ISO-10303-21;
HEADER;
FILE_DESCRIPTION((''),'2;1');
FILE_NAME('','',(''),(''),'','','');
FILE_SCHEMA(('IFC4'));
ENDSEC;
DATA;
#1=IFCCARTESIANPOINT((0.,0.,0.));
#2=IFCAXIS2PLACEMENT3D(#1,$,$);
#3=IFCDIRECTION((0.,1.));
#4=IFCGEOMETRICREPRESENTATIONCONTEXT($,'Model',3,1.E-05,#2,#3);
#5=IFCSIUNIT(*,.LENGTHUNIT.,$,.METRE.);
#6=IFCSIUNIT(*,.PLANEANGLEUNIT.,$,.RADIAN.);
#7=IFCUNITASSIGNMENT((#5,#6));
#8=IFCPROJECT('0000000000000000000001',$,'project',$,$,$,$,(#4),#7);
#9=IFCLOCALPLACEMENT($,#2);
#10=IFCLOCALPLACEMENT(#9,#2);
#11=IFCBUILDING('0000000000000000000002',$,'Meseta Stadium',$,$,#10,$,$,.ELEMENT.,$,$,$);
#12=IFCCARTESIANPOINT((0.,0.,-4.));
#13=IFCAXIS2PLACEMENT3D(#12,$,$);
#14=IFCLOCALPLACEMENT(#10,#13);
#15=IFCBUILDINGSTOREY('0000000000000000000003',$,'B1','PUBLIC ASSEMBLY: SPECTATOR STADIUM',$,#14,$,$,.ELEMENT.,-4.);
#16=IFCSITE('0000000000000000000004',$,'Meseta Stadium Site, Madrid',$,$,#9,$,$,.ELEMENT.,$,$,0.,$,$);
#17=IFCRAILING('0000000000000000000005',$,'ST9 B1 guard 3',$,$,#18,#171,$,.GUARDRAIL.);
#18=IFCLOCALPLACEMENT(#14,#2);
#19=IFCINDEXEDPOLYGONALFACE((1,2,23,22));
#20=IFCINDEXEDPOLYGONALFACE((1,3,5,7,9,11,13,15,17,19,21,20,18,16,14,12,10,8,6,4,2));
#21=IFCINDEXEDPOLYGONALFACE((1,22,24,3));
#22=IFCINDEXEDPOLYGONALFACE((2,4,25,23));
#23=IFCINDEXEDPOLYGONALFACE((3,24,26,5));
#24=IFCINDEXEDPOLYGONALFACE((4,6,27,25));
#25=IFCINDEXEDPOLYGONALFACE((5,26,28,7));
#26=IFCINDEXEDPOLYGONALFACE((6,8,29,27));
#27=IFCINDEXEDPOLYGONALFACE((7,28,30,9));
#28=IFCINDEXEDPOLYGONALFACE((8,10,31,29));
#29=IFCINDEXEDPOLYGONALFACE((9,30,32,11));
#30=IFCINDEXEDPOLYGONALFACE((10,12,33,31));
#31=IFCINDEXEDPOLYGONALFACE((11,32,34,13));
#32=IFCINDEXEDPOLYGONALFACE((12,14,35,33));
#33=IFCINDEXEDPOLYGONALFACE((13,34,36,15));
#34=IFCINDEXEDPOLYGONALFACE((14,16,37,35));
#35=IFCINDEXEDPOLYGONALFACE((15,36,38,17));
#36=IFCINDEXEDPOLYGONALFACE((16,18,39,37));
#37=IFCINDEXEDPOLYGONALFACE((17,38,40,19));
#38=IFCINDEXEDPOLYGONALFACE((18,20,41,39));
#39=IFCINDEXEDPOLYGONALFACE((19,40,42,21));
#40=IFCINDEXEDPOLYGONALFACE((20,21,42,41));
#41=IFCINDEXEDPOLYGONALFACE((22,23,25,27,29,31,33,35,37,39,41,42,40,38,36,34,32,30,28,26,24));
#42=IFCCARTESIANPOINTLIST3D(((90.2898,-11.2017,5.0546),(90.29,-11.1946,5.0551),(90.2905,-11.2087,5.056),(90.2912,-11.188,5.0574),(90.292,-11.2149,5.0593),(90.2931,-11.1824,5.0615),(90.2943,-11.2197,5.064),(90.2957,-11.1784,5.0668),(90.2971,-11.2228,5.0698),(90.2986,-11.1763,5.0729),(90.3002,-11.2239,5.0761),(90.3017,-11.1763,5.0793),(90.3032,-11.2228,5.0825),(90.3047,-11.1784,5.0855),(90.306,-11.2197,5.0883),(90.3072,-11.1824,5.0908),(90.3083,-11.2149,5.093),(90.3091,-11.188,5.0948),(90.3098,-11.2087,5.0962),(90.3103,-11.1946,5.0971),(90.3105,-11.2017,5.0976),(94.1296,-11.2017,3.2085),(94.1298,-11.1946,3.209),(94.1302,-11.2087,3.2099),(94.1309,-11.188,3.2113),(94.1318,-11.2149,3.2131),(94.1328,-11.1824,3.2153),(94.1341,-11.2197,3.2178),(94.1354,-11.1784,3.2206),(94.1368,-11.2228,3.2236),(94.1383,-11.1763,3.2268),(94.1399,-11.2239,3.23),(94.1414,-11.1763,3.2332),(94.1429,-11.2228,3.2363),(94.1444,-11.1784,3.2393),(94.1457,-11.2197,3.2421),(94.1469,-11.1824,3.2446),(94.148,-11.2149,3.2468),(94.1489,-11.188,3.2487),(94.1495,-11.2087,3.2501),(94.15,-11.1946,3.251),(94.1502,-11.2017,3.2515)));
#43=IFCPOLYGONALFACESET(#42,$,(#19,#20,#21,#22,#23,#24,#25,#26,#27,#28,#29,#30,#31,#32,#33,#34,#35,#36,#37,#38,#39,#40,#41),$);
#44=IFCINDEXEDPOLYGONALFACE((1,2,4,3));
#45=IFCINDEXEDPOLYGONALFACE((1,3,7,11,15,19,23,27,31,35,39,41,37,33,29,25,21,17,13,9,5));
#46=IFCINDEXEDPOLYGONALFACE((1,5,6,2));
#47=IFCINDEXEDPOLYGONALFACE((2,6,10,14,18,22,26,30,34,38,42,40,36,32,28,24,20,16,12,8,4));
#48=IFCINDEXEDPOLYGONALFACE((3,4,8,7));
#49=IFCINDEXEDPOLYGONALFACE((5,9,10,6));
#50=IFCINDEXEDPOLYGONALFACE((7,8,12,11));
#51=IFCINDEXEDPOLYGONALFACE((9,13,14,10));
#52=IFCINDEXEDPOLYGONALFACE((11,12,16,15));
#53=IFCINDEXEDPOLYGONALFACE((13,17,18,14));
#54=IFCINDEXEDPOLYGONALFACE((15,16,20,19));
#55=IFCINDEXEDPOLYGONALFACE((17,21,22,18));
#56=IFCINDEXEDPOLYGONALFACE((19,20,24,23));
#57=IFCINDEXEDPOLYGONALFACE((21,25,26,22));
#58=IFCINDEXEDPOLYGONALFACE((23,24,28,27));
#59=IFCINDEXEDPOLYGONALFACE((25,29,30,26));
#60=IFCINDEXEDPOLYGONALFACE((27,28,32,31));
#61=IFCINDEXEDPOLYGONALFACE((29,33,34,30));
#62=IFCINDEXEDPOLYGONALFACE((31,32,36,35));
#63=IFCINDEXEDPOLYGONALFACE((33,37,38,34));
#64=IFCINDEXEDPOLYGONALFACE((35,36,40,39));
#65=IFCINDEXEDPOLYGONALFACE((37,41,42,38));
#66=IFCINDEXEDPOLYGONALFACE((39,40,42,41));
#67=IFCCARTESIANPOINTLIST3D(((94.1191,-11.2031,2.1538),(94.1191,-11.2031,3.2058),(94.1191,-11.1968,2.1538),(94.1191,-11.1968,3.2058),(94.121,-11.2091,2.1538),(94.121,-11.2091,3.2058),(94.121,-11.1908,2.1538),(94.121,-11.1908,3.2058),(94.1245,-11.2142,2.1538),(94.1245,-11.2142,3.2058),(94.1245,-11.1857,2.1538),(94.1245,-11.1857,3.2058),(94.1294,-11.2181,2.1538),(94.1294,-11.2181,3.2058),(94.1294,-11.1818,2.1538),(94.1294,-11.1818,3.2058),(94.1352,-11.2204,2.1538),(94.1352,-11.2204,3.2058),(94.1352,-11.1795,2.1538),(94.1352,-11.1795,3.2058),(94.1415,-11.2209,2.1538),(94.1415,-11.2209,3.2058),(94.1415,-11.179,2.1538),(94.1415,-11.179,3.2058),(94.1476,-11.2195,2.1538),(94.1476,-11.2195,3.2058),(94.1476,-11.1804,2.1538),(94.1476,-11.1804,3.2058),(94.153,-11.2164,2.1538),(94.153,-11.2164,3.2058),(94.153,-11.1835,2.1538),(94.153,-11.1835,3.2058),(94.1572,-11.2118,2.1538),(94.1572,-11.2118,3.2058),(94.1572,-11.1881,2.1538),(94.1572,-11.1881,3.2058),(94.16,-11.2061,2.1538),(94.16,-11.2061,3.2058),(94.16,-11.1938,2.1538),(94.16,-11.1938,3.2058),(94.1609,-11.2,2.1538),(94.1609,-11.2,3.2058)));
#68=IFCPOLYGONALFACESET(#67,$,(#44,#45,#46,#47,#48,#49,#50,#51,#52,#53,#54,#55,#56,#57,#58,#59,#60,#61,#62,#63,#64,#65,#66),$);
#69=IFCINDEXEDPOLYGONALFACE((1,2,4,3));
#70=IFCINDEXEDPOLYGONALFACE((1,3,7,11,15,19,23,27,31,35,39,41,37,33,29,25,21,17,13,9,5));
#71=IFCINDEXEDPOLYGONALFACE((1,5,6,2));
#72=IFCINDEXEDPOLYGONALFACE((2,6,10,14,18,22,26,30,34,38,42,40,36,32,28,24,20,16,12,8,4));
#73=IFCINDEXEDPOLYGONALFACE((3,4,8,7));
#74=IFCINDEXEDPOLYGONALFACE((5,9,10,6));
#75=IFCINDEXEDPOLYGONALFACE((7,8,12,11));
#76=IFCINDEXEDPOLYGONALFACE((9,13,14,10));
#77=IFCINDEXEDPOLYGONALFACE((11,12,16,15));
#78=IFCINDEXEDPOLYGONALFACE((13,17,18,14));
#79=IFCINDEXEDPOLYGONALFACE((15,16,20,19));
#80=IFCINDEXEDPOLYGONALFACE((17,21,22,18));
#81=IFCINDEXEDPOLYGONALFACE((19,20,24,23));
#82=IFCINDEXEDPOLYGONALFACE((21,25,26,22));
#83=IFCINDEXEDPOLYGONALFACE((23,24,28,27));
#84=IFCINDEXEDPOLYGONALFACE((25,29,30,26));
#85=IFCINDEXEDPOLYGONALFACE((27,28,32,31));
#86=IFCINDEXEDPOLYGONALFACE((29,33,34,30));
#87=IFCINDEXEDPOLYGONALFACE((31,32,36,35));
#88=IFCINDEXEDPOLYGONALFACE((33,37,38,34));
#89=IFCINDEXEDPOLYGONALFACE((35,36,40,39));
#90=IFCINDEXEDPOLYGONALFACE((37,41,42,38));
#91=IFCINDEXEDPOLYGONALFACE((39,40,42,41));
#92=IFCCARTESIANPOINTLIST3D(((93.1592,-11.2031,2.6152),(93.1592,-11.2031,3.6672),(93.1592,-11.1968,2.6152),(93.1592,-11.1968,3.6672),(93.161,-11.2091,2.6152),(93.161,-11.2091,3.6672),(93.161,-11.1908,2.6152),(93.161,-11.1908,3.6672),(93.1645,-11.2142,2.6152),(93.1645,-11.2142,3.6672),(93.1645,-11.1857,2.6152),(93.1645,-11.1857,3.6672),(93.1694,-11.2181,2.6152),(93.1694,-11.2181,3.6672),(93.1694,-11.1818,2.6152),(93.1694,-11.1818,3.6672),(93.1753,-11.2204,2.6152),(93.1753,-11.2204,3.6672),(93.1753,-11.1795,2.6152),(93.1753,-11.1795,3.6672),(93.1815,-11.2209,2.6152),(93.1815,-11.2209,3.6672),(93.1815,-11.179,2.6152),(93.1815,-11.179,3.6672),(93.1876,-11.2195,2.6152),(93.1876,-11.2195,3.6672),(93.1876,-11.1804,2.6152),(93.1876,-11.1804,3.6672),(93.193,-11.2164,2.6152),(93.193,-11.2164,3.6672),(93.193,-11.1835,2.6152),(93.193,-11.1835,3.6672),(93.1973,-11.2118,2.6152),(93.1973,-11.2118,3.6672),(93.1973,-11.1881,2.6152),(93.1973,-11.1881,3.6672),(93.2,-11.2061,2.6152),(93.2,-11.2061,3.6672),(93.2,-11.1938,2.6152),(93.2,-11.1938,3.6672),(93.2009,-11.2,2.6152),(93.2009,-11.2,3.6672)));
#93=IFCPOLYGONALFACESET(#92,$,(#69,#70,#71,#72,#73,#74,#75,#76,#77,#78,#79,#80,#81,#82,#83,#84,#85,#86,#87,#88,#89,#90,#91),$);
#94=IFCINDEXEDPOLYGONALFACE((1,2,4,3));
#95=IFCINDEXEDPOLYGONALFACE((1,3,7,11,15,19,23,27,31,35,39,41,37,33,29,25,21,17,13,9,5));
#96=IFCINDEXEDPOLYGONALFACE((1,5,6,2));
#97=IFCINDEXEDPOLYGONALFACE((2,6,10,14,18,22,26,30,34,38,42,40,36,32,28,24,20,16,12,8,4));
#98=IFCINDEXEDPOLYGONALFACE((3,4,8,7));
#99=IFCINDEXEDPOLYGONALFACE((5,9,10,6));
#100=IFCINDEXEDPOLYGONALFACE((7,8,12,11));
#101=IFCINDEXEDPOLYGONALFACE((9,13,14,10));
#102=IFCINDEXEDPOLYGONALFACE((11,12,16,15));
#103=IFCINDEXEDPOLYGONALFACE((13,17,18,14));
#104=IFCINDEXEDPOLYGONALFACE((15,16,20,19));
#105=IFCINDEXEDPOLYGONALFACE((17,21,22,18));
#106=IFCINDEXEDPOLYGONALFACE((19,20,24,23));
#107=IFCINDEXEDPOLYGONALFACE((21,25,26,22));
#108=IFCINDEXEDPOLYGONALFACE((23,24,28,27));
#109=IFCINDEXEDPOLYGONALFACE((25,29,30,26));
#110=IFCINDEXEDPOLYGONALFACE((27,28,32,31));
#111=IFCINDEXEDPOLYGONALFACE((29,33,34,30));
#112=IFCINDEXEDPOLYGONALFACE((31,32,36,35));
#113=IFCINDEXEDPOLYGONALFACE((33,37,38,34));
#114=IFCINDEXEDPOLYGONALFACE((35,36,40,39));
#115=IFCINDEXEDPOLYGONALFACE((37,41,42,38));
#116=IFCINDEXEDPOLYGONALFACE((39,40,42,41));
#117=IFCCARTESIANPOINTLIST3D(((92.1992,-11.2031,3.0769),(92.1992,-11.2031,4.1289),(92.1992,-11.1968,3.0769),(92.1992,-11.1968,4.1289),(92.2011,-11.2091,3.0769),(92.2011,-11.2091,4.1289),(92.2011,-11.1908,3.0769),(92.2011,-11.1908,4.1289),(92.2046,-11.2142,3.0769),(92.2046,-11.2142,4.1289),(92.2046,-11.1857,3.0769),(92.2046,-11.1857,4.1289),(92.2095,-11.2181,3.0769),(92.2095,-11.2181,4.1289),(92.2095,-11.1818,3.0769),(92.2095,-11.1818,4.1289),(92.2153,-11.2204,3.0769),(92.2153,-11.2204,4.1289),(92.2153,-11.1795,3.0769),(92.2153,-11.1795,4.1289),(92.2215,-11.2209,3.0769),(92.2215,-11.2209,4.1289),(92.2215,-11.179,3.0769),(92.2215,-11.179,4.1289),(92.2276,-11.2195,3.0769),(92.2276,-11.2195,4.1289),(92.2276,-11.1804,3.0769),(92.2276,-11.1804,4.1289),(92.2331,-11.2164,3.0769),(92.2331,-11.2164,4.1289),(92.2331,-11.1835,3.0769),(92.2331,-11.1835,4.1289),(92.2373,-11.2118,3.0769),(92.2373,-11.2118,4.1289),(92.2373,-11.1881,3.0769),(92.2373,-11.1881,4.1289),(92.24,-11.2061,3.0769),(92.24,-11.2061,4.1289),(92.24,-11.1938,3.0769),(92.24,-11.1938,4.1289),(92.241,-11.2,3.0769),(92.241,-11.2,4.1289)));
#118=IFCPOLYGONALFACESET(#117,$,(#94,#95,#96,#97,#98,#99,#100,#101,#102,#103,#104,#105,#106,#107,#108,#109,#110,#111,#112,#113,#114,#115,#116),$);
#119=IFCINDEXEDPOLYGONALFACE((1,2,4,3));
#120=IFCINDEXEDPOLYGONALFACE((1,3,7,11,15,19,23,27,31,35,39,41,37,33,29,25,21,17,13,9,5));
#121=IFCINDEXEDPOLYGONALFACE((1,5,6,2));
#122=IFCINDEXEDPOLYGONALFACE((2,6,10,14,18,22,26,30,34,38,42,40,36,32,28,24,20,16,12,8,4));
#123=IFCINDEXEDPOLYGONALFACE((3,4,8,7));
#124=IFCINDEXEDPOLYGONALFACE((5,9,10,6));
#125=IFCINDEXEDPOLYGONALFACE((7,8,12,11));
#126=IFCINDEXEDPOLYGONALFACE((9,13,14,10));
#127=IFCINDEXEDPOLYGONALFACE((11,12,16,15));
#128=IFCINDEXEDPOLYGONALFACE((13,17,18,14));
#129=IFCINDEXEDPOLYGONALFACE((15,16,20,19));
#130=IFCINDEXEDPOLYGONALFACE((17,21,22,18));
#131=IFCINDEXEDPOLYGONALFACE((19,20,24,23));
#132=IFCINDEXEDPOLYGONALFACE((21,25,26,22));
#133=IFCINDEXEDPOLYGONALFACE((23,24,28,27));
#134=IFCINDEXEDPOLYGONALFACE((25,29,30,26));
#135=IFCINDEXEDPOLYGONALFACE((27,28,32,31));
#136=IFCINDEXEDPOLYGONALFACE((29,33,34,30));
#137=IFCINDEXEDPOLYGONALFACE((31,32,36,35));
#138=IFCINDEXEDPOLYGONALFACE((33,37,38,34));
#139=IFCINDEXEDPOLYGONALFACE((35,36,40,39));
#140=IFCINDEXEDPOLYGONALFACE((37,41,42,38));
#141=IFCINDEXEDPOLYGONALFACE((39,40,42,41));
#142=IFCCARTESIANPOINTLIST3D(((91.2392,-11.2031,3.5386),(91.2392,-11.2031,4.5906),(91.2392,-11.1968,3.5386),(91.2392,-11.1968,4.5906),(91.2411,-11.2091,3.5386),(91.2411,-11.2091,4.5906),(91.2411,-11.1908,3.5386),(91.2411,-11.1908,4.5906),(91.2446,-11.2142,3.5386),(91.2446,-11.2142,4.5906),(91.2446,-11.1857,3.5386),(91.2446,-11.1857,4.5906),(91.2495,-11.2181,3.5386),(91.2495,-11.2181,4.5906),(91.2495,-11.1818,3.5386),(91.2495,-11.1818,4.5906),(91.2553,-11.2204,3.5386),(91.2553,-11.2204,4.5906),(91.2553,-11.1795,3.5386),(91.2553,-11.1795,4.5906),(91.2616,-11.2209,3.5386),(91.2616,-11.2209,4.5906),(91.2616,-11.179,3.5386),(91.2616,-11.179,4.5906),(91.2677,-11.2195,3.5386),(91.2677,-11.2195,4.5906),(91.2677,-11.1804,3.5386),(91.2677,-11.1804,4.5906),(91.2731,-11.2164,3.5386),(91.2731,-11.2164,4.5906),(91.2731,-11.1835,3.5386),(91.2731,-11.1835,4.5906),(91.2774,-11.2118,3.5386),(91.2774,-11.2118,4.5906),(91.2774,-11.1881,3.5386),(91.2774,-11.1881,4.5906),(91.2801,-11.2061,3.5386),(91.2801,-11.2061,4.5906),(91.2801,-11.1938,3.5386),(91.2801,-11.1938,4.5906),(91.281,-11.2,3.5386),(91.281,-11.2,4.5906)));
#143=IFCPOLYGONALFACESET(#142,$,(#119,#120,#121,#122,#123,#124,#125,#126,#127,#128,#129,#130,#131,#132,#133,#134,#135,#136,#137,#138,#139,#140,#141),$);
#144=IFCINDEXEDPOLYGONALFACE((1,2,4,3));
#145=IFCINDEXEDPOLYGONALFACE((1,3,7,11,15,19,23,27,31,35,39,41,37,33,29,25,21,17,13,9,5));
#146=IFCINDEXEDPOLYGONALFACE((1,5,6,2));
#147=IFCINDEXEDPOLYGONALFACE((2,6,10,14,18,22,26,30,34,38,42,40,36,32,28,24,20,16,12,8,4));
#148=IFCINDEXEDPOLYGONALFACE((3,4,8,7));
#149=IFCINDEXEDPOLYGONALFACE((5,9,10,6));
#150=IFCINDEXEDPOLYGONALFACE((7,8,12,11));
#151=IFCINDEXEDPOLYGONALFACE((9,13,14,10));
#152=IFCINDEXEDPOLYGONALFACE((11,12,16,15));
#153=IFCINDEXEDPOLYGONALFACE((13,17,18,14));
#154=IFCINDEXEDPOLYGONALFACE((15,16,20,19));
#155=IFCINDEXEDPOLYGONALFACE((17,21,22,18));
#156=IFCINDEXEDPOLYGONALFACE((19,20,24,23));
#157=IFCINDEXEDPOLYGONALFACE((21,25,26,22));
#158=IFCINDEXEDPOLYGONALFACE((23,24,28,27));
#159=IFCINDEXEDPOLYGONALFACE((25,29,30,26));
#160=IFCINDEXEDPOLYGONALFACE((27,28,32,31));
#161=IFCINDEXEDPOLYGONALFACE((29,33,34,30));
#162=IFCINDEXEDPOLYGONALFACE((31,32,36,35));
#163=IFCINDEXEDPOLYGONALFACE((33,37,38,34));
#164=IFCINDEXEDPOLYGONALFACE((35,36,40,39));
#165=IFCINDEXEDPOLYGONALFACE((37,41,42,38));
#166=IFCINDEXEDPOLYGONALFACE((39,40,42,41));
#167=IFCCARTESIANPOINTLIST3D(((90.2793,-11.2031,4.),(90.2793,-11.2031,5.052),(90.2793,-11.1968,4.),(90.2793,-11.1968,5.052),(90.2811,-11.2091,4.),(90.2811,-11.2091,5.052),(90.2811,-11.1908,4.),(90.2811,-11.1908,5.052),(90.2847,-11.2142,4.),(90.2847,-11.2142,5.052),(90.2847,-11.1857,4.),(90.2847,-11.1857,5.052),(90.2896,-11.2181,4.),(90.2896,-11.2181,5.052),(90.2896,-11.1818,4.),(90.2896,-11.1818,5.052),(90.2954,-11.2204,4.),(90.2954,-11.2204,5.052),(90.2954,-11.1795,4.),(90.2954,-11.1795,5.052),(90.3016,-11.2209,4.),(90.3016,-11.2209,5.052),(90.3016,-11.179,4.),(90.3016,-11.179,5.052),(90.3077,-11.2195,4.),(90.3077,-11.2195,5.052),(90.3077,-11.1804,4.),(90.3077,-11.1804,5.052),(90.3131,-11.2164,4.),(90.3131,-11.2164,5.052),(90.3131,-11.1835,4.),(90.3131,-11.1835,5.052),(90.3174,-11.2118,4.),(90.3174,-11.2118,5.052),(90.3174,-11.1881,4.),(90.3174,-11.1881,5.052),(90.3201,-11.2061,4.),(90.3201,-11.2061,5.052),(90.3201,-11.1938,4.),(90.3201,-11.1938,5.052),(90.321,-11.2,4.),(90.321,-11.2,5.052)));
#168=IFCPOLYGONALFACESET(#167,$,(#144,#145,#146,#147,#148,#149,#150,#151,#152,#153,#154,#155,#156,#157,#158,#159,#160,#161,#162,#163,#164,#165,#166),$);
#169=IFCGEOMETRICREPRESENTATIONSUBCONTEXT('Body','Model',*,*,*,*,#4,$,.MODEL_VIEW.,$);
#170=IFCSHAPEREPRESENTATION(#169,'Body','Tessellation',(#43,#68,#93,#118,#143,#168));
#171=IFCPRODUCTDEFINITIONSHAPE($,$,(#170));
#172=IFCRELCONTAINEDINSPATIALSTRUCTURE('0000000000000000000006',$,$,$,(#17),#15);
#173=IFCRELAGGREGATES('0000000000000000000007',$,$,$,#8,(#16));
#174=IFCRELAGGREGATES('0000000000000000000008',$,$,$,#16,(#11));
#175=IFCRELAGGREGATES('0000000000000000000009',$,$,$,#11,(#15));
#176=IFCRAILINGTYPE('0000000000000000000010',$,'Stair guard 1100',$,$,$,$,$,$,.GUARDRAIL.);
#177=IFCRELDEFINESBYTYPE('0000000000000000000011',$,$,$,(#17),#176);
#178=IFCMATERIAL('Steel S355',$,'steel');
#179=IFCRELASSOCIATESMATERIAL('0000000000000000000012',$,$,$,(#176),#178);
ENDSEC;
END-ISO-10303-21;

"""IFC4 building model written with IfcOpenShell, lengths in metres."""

from ifc_helpers import new_model, si_unit, direction, frame, origin, origin_2d, place, context, subcontext, project, spatial, circle, extrude, material, type_object, element, save


model = new_model("IFC4")

# Units and contexts
model_context = context("Model", 3, precision=1e-05, world=origin(), true_north=direction((0.0, 1.0)))
body_context = subcontext(model_context, "Body", "Model", "MODEL_VIEW")
ifc_project = project(units=[si_unit("LENGTHUNIT", "METRE"), si_unit("PLANEANGLEUNIT", "RADIAN")], contexts=[model_context])

# Site, building, storey
site_placement = place(None, origin())
site = spatial("IfcSite", under=ifc_project, at=site_placement, Name="Meseta Stadium Site, Madrid", CompositionType="ELEMENT", RefElevation=0.0)
building_placement = place(site_placement, origin())
building = spatial("IfcBuilding", under=site, at=building_placement, Name="Meseta Stadium", CompositionType="ELEMENT")
storey_placement = place(building_placement, frame((0.0, 0.0, -4.0)))
storey = spatial("IfcBuildingStorey", under=building, at=storey_placement, Name="B1", Description="PUBLIC ASSEMBLY: SPECTATOR STADIUM", CompositionType="ELEMENT", Elevation=-4.0)

# Railing
ifc_material_1 = material(Name="Steel S355", Category="steel")
railing_type_1 = type_object("IfcRailingType", Name="Stair guard 1100", PredefinedType="GUARDRAIL", material=ifc_material_1)
railing_1_placement = place(storey_placement, frame((94.1399, -11.2, 2.1538)))
element("IfcRailing", 1, at=railing_1_placement, inside=storey, type_object=railing_type_1, Name="ST9 B1 guard 3", PredefinedType="GUARDRAIL", context=body_context, shape_type="SweptSolid", body=[
    extrude(circle(Radius=0.0239, at=origin_2d()), frame((0.0, 0.0, 1.0762), z_axis=(-0.901242, 0.0, 0.433316), x_axis=(0.0, -1.0, 0.0)), (0.0, 0.0, 1.0), 4.2605),
    extrude(circle(Radius=0.021, at=origin_2d()), origin(), (0.0, 0.0, 1.0), 1.052),
    extrude(circle(Radius=0.021, at=origin_2d()), frame((-0.96, 0.0, 0.4614)), (0.0, 0.0, 1.0), 1.052),
    extrude(circle(Radius=0.021, at=origin_2d()), frame((-1.9199, 0.0, 0.9231)), (0.0, 0.0, 1.0), 1.052),
    extrude(circle(Radius=0.021, at=origin_2d()), frame((-2.8799, 0.0, 1.3848)), (0.0, 0.0, 1.0), 1.052),
    extrude(circle(Radius=0.021, at=origin_2d()), frame((-3.8398, 0.0, 1.8462)), (0.0, 0.0, 1.0), 1.052),
])

save(model, "model.ifc")
